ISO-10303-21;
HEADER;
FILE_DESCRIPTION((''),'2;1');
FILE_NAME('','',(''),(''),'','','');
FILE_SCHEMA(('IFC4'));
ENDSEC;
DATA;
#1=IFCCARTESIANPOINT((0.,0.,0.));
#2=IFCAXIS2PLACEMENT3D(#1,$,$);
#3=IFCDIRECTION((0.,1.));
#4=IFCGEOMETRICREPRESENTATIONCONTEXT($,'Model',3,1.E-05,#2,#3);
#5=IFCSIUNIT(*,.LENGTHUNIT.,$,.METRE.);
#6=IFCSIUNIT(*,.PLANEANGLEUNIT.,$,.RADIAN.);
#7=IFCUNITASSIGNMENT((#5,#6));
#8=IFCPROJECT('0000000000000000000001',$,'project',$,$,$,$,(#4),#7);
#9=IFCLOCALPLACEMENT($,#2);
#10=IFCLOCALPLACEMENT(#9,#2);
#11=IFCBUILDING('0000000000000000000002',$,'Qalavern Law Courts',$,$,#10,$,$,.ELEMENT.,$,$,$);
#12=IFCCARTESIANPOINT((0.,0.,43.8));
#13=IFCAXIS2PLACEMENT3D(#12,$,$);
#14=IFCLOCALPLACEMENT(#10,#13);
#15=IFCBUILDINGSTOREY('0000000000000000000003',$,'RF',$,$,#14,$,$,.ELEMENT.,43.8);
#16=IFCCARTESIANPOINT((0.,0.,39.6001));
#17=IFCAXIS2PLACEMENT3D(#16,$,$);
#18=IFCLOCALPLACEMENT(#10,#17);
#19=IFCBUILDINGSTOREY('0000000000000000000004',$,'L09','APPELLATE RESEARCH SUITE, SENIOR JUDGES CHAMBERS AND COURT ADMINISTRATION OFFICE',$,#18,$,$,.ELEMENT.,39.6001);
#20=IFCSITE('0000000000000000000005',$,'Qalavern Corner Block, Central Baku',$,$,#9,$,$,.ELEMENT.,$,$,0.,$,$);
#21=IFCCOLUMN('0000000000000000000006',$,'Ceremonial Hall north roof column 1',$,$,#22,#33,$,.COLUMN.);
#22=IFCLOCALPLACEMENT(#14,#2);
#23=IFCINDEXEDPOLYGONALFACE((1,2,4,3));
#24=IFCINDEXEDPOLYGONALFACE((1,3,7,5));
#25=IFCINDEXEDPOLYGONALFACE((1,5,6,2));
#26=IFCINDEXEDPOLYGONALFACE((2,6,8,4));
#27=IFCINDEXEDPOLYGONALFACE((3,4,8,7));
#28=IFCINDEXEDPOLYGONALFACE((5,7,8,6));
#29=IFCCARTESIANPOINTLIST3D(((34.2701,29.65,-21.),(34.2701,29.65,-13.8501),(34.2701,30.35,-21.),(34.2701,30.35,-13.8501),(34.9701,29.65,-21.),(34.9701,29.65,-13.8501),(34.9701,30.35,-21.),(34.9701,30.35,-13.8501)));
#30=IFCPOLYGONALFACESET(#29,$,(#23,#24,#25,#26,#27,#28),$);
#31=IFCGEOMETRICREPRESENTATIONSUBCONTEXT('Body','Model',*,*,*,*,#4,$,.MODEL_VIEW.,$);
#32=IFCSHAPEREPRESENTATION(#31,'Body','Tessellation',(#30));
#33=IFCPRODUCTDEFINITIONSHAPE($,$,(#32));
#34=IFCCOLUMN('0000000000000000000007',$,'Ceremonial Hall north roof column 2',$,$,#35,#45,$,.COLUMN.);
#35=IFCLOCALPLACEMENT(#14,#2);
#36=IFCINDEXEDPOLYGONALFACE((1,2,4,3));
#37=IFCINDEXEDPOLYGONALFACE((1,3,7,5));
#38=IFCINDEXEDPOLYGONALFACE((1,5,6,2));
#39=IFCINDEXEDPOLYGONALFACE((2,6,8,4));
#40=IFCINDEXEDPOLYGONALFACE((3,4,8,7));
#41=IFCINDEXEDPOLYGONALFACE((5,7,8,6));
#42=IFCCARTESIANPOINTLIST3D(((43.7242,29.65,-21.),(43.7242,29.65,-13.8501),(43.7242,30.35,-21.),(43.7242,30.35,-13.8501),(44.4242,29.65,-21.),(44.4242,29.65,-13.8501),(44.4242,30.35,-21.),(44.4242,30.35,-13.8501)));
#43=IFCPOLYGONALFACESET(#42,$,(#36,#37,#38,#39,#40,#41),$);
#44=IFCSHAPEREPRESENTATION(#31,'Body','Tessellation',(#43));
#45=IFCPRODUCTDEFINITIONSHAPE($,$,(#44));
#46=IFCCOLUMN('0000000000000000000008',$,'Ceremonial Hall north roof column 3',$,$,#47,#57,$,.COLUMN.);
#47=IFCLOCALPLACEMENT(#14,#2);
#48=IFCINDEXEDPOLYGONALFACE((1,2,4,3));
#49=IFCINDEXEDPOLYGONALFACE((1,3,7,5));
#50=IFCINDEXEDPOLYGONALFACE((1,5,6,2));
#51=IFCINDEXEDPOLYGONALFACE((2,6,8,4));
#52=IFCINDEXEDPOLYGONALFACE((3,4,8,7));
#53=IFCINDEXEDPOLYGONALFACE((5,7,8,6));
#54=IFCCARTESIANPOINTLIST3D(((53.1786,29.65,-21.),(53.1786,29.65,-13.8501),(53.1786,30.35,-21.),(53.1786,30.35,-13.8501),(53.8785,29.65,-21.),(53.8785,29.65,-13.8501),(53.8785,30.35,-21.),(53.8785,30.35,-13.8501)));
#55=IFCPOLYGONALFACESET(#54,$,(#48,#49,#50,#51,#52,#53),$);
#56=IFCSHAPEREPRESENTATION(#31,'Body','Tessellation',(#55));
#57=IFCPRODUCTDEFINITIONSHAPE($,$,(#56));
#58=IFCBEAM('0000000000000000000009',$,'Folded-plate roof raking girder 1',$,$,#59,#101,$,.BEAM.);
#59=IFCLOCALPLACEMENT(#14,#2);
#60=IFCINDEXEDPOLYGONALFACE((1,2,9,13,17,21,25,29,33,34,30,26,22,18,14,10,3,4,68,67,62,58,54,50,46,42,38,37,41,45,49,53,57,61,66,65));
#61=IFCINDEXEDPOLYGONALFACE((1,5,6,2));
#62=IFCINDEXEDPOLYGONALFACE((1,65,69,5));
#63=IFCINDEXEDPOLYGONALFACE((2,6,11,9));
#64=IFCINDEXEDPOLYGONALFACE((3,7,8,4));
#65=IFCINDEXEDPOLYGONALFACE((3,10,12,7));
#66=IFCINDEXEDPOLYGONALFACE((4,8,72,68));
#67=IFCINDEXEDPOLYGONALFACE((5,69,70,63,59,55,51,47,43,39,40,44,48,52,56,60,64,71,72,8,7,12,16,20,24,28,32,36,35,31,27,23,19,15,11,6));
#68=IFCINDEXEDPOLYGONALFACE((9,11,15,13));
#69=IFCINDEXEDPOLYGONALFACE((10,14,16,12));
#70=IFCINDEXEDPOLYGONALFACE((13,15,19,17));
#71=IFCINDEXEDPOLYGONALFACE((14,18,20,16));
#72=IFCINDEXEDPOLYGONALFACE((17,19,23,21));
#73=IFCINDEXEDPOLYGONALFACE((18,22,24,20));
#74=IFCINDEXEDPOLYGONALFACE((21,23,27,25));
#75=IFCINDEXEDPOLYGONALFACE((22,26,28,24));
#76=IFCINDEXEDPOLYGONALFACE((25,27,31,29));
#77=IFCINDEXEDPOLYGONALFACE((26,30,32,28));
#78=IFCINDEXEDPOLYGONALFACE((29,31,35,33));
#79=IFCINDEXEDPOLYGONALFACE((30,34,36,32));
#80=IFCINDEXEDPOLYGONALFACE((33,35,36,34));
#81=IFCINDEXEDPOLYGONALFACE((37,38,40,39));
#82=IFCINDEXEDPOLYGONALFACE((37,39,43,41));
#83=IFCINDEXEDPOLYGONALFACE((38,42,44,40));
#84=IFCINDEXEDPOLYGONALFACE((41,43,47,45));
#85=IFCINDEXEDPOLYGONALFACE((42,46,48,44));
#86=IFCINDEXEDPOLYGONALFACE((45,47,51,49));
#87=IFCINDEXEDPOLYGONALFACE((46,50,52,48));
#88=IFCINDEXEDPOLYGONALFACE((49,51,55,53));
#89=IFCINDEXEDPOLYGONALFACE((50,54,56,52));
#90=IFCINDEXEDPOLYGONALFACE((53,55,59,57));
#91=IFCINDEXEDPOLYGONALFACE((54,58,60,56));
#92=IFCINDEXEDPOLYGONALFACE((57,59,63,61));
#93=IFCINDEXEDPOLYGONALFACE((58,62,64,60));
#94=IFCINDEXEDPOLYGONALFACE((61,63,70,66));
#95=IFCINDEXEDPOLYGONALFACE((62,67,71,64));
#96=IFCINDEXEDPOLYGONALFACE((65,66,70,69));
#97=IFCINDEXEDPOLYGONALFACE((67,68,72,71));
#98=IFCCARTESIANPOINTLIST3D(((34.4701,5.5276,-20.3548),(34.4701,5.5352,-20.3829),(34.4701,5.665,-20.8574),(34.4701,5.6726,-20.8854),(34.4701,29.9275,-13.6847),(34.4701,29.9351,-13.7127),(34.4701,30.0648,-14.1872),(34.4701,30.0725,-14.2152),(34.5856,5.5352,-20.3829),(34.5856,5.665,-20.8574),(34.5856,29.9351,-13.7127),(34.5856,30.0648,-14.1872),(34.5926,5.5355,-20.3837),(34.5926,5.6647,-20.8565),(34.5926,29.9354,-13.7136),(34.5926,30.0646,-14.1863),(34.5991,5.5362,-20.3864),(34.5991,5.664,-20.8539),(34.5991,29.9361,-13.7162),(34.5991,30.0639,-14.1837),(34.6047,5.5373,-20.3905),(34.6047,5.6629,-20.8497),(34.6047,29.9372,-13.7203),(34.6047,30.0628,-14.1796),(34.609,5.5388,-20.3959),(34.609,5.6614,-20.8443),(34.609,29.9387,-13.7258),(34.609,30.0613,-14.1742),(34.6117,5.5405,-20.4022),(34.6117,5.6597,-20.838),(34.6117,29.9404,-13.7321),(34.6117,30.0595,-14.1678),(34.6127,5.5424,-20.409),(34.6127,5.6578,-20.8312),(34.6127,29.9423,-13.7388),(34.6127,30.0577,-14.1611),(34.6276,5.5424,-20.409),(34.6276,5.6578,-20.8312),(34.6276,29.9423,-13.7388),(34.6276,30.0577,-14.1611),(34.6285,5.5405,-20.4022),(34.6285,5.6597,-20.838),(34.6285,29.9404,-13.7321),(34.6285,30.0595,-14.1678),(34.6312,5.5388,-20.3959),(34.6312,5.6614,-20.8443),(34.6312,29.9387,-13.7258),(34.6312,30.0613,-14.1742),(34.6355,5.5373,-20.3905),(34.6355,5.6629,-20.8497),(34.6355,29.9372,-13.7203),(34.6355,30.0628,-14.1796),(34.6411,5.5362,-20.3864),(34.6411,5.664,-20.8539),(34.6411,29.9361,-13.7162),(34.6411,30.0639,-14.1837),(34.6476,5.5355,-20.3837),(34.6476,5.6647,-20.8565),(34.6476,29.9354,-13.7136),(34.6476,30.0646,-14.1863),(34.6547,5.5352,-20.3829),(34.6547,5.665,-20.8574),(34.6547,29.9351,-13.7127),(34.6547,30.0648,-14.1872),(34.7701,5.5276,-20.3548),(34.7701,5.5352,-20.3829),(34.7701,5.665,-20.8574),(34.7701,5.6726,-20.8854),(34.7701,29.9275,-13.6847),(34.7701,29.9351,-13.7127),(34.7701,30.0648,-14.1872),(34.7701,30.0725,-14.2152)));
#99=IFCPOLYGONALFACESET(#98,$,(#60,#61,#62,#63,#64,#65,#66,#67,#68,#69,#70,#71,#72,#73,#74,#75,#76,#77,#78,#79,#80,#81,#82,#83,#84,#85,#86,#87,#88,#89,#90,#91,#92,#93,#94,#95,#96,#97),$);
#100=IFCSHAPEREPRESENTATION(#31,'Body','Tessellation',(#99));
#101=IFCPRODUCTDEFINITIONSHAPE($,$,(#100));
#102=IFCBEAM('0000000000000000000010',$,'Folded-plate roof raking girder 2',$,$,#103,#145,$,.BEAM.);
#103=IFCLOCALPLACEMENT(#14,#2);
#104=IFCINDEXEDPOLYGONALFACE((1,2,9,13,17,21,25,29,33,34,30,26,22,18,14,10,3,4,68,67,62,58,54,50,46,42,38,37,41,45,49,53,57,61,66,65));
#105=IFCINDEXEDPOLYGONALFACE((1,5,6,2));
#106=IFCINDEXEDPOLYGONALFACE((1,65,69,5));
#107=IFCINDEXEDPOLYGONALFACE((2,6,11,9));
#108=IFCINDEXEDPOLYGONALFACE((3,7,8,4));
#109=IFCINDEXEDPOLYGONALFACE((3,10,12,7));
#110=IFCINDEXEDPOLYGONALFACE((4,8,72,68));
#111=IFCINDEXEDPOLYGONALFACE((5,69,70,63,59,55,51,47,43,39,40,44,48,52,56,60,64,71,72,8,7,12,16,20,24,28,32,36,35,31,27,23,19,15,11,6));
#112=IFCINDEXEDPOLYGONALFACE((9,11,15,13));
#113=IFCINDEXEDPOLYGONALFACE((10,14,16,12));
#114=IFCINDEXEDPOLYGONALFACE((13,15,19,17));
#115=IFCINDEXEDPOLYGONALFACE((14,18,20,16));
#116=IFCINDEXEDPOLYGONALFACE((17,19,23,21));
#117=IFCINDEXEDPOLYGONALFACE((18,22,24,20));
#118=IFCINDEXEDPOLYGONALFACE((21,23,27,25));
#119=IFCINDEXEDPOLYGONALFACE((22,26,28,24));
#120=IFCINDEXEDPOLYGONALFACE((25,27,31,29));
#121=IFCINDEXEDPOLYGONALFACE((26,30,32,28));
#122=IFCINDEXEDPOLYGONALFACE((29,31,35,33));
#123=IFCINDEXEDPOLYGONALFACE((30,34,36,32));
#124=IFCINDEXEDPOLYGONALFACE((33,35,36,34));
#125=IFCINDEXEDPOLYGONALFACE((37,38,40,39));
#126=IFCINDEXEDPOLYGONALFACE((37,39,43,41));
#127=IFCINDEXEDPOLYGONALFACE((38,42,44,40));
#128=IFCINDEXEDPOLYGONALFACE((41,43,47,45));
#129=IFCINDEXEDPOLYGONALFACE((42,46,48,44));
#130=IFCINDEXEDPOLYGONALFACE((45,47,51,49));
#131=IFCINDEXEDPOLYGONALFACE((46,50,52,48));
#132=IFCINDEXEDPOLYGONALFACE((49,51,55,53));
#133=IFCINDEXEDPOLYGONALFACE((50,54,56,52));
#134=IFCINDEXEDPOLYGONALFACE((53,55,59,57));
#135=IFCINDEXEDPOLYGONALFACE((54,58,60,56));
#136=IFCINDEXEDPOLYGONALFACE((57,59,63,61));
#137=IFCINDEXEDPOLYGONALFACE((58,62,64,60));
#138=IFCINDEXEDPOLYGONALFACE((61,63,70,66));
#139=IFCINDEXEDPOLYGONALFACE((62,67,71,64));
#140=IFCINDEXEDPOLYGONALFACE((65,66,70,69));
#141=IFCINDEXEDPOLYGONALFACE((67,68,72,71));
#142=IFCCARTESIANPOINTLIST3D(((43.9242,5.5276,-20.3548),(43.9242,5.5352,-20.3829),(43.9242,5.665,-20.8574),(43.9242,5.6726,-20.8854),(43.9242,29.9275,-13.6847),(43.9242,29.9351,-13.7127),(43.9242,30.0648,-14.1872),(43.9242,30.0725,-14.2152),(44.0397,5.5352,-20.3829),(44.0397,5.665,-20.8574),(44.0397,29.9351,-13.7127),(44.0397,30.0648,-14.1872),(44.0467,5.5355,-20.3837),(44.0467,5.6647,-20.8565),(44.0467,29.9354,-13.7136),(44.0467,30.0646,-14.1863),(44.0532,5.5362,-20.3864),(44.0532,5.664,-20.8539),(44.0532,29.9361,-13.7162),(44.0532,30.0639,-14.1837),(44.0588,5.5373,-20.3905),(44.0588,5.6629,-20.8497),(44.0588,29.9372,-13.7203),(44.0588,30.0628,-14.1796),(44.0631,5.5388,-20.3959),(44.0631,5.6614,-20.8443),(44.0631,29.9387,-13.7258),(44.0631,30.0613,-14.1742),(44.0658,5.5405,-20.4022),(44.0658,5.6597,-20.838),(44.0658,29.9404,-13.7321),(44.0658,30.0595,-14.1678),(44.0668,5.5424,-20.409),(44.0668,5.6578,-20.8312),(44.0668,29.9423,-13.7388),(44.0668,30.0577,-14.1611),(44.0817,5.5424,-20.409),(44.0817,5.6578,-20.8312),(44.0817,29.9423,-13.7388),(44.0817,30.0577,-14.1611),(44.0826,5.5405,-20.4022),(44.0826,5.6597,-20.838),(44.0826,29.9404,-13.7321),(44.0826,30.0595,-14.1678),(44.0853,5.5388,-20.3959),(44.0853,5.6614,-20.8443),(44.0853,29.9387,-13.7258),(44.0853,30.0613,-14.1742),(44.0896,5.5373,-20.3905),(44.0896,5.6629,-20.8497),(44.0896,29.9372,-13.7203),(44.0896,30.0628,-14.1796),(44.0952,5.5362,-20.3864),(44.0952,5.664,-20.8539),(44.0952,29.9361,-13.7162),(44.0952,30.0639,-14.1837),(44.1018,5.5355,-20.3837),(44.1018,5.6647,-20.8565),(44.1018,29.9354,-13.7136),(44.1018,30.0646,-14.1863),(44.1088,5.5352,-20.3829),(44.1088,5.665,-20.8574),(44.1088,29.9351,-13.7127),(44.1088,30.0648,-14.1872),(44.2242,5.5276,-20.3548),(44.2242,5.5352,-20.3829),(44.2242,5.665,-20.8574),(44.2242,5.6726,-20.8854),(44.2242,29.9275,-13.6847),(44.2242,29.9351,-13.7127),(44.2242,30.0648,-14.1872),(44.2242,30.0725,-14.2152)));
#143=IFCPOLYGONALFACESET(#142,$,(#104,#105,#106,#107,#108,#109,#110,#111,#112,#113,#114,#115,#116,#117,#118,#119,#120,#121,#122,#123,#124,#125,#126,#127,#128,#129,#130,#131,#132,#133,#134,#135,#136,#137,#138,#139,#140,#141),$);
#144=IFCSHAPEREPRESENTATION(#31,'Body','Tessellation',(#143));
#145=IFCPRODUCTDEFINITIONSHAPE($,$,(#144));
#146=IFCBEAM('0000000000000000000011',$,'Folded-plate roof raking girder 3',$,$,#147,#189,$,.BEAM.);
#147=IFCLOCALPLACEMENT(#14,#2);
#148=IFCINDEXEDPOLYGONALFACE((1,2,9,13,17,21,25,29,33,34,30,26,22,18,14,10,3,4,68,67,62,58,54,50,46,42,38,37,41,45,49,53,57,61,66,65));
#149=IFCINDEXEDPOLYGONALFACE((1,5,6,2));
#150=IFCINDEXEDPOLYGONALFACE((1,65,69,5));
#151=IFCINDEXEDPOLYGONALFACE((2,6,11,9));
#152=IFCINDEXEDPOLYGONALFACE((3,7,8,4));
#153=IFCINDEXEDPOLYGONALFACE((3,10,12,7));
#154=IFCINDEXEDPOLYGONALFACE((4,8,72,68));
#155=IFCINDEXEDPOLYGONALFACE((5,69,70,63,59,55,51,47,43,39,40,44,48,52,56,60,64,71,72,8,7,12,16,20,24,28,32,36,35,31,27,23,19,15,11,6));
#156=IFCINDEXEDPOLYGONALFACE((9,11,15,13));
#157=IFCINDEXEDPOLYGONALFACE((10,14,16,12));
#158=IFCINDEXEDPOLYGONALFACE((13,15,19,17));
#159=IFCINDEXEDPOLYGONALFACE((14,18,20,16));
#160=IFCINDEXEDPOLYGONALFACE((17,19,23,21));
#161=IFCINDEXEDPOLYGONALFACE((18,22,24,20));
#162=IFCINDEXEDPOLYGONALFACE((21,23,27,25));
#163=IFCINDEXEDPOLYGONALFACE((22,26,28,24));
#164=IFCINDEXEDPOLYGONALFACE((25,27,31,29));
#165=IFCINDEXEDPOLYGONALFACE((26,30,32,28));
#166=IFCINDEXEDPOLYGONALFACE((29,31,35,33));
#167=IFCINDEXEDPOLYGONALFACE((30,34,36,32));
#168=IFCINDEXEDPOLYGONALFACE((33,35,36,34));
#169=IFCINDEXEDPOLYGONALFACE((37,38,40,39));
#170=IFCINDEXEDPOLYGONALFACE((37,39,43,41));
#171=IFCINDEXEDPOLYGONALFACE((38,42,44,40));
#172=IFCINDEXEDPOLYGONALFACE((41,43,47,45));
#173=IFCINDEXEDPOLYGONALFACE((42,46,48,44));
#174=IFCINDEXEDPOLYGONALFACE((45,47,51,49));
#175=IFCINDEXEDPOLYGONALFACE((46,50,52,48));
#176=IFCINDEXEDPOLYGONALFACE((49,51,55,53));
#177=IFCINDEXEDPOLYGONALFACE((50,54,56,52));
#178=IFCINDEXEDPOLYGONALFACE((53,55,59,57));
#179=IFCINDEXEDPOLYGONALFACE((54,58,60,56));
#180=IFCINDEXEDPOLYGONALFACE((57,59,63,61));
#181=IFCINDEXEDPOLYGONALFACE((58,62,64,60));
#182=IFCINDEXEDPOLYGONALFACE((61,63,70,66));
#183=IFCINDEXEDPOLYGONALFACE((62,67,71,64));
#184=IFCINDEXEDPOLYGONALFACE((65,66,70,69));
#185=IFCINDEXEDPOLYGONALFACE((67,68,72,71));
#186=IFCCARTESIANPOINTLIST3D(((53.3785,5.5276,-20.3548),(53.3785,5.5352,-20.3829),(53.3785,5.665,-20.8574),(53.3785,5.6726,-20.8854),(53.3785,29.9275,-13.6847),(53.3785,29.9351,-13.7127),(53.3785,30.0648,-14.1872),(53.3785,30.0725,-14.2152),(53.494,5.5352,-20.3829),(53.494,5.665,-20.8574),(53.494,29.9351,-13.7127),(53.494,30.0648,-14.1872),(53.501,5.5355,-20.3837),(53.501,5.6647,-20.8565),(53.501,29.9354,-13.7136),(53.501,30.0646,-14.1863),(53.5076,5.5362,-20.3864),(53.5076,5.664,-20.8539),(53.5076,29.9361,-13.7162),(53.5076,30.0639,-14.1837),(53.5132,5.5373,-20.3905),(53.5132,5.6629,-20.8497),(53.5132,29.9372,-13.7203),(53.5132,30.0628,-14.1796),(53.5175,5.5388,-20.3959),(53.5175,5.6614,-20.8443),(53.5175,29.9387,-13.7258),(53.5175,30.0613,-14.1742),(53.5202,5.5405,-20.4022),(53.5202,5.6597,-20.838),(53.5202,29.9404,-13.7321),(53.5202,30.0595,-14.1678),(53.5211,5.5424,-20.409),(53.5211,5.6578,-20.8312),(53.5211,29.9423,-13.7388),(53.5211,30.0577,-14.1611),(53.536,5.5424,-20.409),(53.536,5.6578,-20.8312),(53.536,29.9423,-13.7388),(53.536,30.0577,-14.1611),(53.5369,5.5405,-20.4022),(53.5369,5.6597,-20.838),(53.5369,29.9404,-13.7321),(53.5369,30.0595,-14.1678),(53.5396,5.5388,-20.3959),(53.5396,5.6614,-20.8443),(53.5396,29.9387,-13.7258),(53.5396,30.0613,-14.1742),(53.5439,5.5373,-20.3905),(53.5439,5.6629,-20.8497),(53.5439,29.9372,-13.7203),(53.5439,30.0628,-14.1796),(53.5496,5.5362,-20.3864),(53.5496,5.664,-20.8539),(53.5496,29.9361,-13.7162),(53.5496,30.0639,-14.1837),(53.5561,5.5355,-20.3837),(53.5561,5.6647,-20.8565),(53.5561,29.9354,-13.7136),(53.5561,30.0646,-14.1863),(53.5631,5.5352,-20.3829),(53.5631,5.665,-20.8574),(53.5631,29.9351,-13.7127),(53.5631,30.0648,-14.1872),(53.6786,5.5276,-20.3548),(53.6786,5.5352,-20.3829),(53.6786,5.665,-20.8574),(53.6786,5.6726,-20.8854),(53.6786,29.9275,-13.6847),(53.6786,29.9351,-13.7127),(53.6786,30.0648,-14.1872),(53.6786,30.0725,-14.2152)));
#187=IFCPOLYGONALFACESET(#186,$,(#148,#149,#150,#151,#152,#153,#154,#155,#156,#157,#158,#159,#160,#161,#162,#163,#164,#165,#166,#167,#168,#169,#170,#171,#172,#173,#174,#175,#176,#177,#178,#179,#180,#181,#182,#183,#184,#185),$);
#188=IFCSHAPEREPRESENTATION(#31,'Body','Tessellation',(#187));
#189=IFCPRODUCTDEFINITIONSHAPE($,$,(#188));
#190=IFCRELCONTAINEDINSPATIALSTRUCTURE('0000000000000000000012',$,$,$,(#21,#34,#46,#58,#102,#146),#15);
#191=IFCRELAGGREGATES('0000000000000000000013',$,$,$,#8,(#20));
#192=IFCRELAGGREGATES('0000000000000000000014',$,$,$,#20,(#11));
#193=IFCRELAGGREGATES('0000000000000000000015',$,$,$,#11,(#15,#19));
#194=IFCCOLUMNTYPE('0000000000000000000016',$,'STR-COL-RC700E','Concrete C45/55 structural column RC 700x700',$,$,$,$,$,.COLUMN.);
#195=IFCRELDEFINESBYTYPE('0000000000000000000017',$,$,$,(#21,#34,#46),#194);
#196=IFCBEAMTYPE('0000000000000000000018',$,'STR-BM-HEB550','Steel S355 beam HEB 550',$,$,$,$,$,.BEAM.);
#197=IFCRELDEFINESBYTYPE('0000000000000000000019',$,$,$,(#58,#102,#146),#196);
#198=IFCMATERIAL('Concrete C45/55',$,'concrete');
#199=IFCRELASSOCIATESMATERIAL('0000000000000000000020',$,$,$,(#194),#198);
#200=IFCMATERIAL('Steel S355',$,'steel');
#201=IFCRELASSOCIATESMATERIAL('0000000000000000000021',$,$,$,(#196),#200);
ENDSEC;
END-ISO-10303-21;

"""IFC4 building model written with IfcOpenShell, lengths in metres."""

from ifc_helpers import new_model, si_unit, direction, frame, origin, origin_2d, place, context, subcontext, project, spatial, rectangle, i_section, extrude, material, material_profile, profile_set, type_object, element, save


model = new_model("IFC4")

# Units and contexts
model_context = context("Model", 3, precision=1e-05, world=origin(), true_north=direction((0.0, 1.0)))
body_context = subcontext(model_context, "Body", "Model", "MODEL_VIEW")
ifc_project = project(units=[si_unit("LENGTHUNIT", "METRE"), si_unit("PLANEANGLEUNIT", "RADIAN")], contexts=[model_context])

# Site, building, storey
site_placement = place(None, origin())
site = spatial("IfcSite", under=ifc_project, at=site_placement, Name="Qalavern Corner Block, Central Baku", CompositionType="ELEMENT", RefElevation=0.0)
building_placement = place(site_placement, origin())
building = spatial("IfcBuilding", under=site, at=building_placement, Name="Qalavern Law Courts", CompositionType="ELEMENT")
storey_1_placement = place(building_placement, frame((0.0, 0.0, 43.8)))
storey_1 = spatial("IfcBuildingStorey", under=building, at=storey_1_placement, Name="RF", CompositionType="ELEMENT", Elevation=43.8)

# Columns
ifc_material_1 = material(Name="Concrete C45/55", Category="concrete")
ifc_material_profile_1 = material_profile(ifc_material_1, rectangle(XDim=0.7, YDim=0.7, at=origin_2d()), Name="RC 700x700")
ifc_profile_set_1 = profile_set([ifc_material_profile_1], Name="Concrete C45/55")
column_type = type_object("IfcColumnType", Name="STR-COL-RC700E", Description="Concrete C45/55 structural column RC 700x700", PredefinedType="COLUMN", material=ifc_profile_set_1)
for number, where, z_axis, x_axis, name in (
    (1, (34.6201, 30.0, -21.0), (0.0, 0.0, 1.0), (1.0, 0.0, 0.0), "Ceremonial Hall north roof column 1"),
    (2, (44.0742, 30.0, -21.0), (0.0, 0.0, 1.0), (1.0, 0.0, 0.0), "Ceremonial Hall north roof column 2"),
    (3, (53.5286, 30.0, -21.0), (0.0, 0.0, 1.0), (1.0, 0.0, 0.0), "Ceremonial Hall north roof column 3"),
):
    element("IfcColumn", number, at=place(storey_1_placement, frame(where, z_axis=z_axis, x_axis=x_axis)), inside=storey_1, type_object=column_type, Name=name, PredefinedType="COLUMN", context=body_context, shape_type="SweptSolid", body=[
        extrude(rectangle(XDim=0.7, YDim=0.7, at=origin_2d()), origin(), (0.0, 0.0, 1.0), 7.1499),
    ])

# Beams
ifc_material_2 = material(Name="Steel S355", Category="steel")
ifc_material_profile_2 = material_profile(ifc_material_2, i_section(OverallWidth=0.3, OverallDepth=0.55, WebThickness=0.0149, FlangeThickness=0.0291, FilletRadius=0.0271, at=origin_2d()), Name="HEB 550")
ifc_profile_set_2 = profile_set([ifc_material_profile_2], Name="Steel S355")
beam_type = type_object("IfcBeamType", Name="STR-BM-HEB550", Description="Steel S355 beam HEB 550", PredefinedType="BEAM", material=ifc_profile_set_2)
for number, where, z_axis, x_axis, name in (
    (4, (34.6201, 5.6001, -20.6201), (0.0, 0.964607, 0.263693), (-1.0, 0.0, 0.0), "Folded-plate roof raking girder 1"),
    (5, (44.0742, 5.6001, -20.6201), (0.0, 0.964607, 0.263693), (-1.0, 0.0, 0.0), "Folded-plate roof raking girder 2"),
    (6, (53.5286, 5.6001, -20.6201), (0.0, 0.964607, 0.263693), (-1.0, 0.0, 0.0), "Folded-plate roof raking girder 3"),
):
    element("IfcBeam", number, at=place(storey_1_placement, frame(where, z_axis=z_axis, x_axis=x_axis)), inside=storey_1, type_object=beam_type, Name=name, PredefinedType="BEAM", context=body_context, shape_type="SweptSolid", body=[
        extrude(i_section(OverallWidth=0.3, OverallDepth=0.55, WebThickness=0.0149, FlangeThickness=0.0291, FilletRadius=0.0271, at=origin_2d()), origin(), (0.0, 0.0, 1.0), 25.2952),
    ])

# Shared definitions
storey_2_placement = place(building_placement, frame((0.0, 0.0, 39.6001)))
storey_2 = spatial("IfcBuildingStorey", under=building, at=storey_2_placement, Name="L09", Description="APPELLATE RESEARCH SUITE, SENIOR JUDGES CHAMBERS AND COURT ADMINISTRATION OFFICE", CompositionType="ELEMENT", Elevation=39.6001)

save(model, "model.ifc")
